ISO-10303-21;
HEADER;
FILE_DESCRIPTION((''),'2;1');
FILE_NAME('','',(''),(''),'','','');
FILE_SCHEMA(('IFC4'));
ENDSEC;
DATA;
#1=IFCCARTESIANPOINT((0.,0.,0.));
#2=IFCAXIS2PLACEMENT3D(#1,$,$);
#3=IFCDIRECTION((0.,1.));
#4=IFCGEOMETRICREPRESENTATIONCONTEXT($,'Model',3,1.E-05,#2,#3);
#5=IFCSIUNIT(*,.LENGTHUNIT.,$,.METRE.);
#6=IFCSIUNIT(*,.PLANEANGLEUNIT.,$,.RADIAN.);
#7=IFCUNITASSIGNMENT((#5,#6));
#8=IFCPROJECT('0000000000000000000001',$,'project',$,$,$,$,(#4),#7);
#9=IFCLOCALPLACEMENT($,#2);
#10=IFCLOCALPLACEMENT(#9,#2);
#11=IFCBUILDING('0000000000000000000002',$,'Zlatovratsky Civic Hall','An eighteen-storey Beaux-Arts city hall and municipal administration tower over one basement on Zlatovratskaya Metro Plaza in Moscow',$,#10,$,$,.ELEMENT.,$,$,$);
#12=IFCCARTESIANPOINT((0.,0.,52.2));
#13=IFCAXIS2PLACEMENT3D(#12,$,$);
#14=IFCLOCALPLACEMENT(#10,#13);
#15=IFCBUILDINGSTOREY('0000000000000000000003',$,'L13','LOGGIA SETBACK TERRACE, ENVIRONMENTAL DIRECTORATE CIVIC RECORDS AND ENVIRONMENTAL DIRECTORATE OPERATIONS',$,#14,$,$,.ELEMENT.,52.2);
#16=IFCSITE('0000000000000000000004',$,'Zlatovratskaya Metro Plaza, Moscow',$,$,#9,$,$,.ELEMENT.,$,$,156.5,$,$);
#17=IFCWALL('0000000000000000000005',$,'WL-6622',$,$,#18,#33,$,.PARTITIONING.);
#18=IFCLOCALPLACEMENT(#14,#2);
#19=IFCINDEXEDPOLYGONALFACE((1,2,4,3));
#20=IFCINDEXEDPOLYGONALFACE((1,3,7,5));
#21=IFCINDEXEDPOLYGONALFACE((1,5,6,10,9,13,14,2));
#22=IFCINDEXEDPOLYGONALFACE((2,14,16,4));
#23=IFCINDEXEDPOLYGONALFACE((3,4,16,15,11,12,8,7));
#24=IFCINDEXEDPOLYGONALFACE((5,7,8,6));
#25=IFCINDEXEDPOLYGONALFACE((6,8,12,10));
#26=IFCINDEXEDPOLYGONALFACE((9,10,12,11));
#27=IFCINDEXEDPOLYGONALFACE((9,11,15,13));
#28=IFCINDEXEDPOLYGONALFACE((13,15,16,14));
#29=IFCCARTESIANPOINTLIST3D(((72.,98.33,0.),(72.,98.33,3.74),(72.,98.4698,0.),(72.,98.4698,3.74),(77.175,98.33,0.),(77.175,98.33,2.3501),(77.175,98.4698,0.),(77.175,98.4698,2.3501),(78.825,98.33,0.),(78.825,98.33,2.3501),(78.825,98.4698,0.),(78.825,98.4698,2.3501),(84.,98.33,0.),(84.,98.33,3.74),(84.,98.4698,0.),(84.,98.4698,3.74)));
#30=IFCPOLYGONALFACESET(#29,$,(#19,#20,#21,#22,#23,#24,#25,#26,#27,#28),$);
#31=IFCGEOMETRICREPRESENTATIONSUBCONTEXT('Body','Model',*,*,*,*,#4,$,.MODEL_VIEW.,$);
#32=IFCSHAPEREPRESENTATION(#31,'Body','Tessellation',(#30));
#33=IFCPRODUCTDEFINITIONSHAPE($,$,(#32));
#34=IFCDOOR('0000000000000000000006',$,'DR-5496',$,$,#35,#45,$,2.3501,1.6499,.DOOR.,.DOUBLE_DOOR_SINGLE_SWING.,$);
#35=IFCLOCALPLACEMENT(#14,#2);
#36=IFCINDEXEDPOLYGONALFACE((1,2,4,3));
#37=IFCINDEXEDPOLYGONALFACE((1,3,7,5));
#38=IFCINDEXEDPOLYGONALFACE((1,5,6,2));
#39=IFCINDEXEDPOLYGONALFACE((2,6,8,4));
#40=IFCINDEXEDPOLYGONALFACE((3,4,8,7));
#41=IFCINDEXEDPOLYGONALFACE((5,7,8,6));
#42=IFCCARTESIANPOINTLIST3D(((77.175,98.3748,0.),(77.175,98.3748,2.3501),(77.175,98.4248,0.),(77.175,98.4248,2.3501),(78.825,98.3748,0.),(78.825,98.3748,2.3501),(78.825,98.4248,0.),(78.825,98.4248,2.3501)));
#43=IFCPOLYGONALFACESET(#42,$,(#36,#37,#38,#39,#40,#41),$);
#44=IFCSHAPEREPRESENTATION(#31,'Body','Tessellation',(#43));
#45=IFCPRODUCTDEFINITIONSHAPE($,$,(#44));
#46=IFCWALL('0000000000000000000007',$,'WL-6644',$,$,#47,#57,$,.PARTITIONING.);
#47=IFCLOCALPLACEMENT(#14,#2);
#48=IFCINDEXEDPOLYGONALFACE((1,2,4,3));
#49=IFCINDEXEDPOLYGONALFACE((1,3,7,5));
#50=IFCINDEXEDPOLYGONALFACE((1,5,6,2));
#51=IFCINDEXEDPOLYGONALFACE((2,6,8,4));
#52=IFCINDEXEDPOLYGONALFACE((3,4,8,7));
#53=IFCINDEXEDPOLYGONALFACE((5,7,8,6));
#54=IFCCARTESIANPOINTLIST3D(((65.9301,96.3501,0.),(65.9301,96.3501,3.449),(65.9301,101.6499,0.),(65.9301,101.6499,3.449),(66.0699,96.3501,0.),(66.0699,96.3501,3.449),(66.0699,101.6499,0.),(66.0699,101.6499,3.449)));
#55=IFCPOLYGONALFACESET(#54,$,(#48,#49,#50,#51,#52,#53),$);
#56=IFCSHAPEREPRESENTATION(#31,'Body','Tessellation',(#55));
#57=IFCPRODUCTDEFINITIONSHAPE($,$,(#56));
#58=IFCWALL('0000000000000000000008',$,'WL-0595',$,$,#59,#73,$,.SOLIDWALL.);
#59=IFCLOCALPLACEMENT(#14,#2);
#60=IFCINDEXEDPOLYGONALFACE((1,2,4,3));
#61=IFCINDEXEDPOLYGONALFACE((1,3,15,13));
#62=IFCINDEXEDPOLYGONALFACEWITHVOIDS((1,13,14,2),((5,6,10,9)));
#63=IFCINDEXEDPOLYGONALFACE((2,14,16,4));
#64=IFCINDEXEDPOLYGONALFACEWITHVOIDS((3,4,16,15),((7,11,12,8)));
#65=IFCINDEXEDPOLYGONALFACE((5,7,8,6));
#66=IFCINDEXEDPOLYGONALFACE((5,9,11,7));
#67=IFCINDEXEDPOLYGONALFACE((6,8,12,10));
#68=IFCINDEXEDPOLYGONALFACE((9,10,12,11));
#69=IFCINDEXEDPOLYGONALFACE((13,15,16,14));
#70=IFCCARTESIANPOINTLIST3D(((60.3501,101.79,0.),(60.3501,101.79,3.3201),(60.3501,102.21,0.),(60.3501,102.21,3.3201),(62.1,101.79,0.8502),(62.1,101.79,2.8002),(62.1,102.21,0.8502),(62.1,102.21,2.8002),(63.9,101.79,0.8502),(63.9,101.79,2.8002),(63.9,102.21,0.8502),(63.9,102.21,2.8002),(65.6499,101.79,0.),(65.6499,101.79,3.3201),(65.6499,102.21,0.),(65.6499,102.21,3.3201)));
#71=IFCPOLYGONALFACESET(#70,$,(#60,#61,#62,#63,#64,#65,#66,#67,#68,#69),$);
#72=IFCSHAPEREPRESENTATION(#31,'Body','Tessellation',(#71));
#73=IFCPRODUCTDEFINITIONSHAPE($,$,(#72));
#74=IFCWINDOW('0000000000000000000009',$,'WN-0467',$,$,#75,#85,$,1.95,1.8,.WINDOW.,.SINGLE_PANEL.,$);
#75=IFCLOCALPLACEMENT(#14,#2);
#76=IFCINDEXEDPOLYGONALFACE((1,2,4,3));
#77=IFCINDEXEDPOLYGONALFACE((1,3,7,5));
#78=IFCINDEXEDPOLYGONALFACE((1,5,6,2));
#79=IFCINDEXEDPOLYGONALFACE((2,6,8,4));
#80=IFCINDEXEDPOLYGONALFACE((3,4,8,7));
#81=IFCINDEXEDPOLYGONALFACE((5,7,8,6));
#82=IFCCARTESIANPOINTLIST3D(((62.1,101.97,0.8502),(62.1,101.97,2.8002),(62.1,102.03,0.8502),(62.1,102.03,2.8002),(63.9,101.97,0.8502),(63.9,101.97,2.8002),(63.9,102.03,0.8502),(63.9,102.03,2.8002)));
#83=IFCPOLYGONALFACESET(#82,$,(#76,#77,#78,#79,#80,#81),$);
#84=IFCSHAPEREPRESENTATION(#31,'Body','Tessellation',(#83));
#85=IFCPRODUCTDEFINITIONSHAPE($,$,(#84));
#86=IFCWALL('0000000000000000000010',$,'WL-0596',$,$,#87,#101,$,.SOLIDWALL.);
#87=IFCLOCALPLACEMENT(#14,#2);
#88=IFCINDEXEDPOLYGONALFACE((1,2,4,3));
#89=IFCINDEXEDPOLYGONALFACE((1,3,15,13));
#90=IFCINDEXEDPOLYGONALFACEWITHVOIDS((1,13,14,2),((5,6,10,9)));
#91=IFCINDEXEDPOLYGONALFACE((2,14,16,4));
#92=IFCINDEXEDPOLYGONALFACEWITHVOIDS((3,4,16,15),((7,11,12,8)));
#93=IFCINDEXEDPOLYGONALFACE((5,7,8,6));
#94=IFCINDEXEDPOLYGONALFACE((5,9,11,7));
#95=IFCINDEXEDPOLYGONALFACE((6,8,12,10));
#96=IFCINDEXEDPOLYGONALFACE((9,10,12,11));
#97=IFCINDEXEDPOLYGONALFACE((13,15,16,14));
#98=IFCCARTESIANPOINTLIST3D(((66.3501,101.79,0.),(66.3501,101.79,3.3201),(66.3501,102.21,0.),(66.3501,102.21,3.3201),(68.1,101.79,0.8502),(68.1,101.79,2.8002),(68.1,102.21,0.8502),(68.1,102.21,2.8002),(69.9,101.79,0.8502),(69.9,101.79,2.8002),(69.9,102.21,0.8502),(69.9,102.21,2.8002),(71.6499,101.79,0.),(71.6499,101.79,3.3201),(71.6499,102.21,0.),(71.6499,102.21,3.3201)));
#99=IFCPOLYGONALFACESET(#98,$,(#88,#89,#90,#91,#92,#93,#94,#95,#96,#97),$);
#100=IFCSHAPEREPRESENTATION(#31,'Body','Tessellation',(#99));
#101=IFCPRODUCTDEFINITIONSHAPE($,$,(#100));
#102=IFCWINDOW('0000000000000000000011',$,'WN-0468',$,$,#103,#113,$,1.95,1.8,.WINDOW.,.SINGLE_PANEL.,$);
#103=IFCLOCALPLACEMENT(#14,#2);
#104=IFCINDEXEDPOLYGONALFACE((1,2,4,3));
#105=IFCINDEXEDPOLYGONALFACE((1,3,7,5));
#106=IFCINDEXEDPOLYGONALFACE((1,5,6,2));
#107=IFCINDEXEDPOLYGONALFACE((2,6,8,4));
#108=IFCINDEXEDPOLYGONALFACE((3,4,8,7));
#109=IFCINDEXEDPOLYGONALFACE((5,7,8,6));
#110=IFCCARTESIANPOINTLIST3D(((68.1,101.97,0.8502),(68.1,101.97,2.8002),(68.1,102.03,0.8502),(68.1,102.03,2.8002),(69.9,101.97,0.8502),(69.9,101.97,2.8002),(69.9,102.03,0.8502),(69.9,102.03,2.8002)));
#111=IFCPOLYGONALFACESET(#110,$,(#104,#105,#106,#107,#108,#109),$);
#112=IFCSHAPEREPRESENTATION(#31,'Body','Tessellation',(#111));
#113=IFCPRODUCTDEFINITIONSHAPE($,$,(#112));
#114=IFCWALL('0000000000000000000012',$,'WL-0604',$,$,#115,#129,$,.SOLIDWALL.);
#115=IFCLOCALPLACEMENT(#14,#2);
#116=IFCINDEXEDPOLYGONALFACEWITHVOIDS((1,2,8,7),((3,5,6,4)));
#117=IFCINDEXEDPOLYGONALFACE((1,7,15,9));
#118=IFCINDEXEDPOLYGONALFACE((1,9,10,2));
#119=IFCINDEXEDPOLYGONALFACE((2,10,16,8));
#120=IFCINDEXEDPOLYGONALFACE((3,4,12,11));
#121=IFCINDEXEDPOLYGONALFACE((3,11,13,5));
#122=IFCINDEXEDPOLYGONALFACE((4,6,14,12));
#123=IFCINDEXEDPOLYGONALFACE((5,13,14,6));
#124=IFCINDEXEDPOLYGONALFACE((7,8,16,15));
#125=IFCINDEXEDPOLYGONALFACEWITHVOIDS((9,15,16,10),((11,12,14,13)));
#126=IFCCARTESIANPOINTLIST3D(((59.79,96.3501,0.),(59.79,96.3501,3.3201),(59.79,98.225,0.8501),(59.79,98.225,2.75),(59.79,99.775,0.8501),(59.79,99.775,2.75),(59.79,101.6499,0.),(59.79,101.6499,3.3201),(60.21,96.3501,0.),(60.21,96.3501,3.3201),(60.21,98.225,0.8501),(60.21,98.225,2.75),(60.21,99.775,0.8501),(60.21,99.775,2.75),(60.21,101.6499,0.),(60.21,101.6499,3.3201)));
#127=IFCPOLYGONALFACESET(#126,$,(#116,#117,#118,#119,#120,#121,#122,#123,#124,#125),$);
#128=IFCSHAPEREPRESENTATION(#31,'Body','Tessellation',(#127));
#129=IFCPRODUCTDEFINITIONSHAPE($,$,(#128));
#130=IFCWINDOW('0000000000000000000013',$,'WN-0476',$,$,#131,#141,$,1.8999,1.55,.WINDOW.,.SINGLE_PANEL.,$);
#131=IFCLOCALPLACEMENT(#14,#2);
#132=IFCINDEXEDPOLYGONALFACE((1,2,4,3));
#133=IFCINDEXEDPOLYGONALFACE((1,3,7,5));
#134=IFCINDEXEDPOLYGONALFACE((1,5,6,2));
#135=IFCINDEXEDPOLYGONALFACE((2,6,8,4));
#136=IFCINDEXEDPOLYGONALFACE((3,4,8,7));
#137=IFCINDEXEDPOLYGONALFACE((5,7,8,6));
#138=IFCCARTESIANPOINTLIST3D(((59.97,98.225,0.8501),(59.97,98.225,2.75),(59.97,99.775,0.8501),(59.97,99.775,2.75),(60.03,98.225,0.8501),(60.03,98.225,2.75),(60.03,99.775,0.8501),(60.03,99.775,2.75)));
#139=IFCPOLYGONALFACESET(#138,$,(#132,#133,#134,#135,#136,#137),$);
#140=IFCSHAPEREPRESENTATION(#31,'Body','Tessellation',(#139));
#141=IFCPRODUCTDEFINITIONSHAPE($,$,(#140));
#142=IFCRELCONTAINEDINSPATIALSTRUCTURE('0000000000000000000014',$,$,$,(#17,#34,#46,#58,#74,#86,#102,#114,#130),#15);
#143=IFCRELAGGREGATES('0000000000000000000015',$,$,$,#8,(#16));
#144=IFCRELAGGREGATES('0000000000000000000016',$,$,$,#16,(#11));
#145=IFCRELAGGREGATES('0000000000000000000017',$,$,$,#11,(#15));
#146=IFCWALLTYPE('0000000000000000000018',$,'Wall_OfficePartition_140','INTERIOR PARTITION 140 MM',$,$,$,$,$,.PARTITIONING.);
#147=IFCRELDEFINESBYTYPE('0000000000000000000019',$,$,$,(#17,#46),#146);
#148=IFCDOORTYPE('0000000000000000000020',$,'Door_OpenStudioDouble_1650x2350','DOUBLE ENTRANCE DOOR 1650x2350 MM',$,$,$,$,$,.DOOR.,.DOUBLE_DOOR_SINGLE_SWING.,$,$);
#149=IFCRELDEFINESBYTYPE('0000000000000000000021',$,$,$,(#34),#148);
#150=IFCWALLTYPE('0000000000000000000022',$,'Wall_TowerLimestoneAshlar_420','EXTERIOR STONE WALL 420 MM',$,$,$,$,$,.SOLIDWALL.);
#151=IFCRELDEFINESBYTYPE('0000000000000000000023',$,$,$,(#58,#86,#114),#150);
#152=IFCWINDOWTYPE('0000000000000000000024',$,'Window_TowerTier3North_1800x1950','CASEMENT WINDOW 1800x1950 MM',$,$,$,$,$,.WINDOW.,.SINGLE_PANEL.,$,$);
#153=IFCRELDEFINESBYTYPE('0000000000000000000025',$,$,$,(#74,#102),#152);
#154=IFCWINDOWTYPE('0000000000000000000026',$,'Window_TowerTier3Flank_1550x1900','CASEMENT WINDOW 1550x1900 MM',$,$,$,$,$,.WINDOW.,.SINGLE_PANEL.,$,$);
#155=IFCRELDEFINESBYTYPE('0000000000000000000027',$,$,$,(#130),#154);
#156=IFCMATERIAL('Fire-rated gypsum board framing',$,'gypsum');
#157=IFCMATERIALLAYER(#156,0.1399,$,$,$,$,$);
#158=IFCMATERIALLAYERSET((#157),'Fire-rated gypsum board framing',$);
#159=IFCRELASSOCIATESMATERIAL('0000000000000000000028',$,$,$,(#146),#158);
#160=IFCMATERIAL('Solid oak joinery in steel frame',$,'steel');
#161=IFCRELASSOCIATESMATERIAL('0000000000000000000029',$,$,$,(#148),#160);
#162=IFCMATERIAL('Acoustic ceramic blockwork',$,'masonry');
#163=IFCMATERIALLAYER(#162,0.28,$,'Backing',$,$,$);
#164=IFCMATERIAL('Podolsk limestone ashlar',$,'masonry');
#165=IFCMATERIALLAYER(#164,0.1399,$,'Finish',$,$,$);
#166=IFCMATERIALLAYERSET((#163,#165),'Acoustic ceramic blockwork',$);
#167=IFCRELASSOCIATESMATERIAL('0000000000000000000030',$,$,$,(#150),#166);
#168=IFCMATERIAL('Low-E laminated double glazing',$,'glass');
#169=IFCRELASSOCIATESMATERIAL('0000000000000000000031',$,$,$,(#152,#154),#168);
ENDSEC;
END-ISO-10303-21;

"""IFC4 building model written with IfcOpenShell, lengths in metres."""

from ifc_helpers import new_model, si_unit, direction, frame, frame_2d, origin, place, context, subcontext, project, spatial, rectangle, extrude, material, layer, layer_set, type_object, element, fill, save


model = new_model("IFC4")

# Units and contexts
model_context = context("Model", 3, precision=1e-05, world=origin(), true_north=direction((0.0, 1.0)))
body_context = subcontext(model_context, "Body", "Model", "MODEL_VIEW")
ifc_project = project(units=[si_unit("LENGTHUNIT", "METRE"), si_unit("PLANEANGLEUNIT", "RADIAN")], contexts=[model_context])

# Site, building, storey
site_placement = place(None, origin())
site = spatial("IfcSite", under=ifc_project, at=site_placement, Name="Zlatovratskaya Metro Plaza, Moscow", CompositionType="ELEMENT", RefElevation=156.5)
building_placement = place(site_placement, origin())
building = spatial("IfcBuilding", under=site, at=building_placement, Name="Zlatovratsky Civic Hall", Description="An eighteen-storey Beaux-Arts city hall and municipal administration tower over one basement on Zlatovratskaya Metro Plaza in Moscow", CompositionType="ELEMENT")
storey_placement = place(building_placement, frame((0.0, 0.0, 52.2)))
storey = spatial("IfcBuildingStorey", under=building, at=storey_placement, Name="L13", Description="LOGGIA SETBACK TERRACE, ENVIRONMENTAL DIRECTORATE CIVIC RECORDS AND ENVIRONMENTAL DIRECTORATE OPERATIONS", CompositionType="ELEMENT", Elevation=52.2)

# Shared definitions
ifc_material_1 = material(Name="Acoustic ceramic blockwork", Category="masonry")

# Wall, opening, door
ifc_material_2 = material(Name="Fire-rated gypsum board framing", Category="gypsum")
ifc_layer_1 = layer(ifc_material_2, 0.1399)
ifc_layer_set_1 = layer_set([ifc_layer_1], Name="Fire-rated gypsum board framing")
wall_type_1 = type_object("IfcWallType", Name="Wall_OfficePartition_140", Description="INTERIOR PARTITION 140 MM", PredefinedType="PARTITIONING", material=ifc_layer_set_1)
wall_1_placement = place(storey_placement, frame((72.0, 98.3999, 0.0), z_axis=(0.0, 0.0, 1.0), x_axis=(1.0, 0.0, 0.0)))
wall_1 = element("IfcWall", 1, at=wall_1_placement, inside=storey, type_object=wall_type_1, Name="WL-6622", PredefinedType="PARTITIONING", context=body_context, shape_type="SweptSolid", body=[
    extrude(rectangle(XDim=12.0, YDim=0.1399, at=frame_2d((6.0, 0.0))), origin(), (0.0, 0.0, 1.0), 3.74),
])
opening_1_placement = place(wall_1_placement, frame((5.175, 0.0, 0.0)))
opening_1 = element("IfcOpeningElement", 2, at=opening_1_placement, cuts=wall_1, PredefinedType="OPENING", context=body_context, shape_type="SweptSolid", body=[
    extrude(rectangle(XDim=1.6499, YDim=2.3501, at=frame_2d((0.825, 1.175))), frame((0.0, 0.085, 0.0), z_axis=(0.0, -1.0, 0.0), x_axis=(1.0, 0.0, 0.0)), (0.0, 0.0, 1.0), 0.1697),
])
ifc_material_3 = material(Name="Solid oak joinery in steel frame", Category="steel")
door_type = type_object("IfcDoorType", Name="Door_OpenStudioDouble_1650x2350", Description="DOUBLE ENTRANCE DOOR 1650x2350 MM", OperationType="DOUBLE_DOOR_SINGLE_SWING", PredefinedType="DOOR", material=ifc_material_3)
door_placement = place(opening_1_placement, origin())
door = element("IfcDoor", 3, at=door_placement, inside=storey, type_object=door_type, Name="DR-5496", OperationType="DOUBLE_DOOR_SINGLE_SWING", OverallHeight=2.3501, OverallWidth=1.6499, PredefinedType="DOOR", context=body_context, shape_type="SweptSolid", body=[
    extrude(rectangle(XDim=1.6499, YDim=2.3501, at=frame_2d((0.825, 1.175))), frame((0.0, 0.0249, 0.0), z_axis=(0.0, -1.0, 0.0), x_axis=(1.0, 0.0, 0.0)), (0.0, 0.0, 1.0), 0.05),
])
fill(opening_1, door)

# Wall
wall_2_placement = place(storey_placement, frame((66.0, 96.3501, 0.0), z_axis=(0.0, 0.0, 1.0), x_axis=(0.0, 1.0, 0.0)))
element("IfcWall", 4, at=wall_2_placement, inside=storey, type_object=wall_type_1, Name="WL-6644", PredefinedType="PARTITIONING", context=body_context, shape_type="SweptSolid", body=[
    extrude(rectangle(XDim=5.2998, YDim=0.1399, at=frame_2d((2.6499, 0.0))), origin(), (0.0, 0.0, 1.0), 3.449),
])

# Walls, openings, windows
ifc_layer_2 = layer(ifc_material_1, 0.28, Name="Backing")
ifc_material_4 = material(Name="Podolsk limestone ashlar", Category="masonry")
ifc_layer_3 = layer(ifc_material_4, 0.1399, Name="Finish")
ifc_layer_set_2 = layer_set([ifc_layer_2, ifc_layer_3], Name="Acoustic ceramic blockwork")
wall_type_2 = type_object("IfcWallType", Name="Wall_TowerLimestoneAshlar_420", Description="EXTERIOR STONE WALL 420 MM", PredefinedType="SOLIDWALL", material=ifc_layer_set_2)
wall_3_placement = place(storey_placement, frame((60.3501, 102.0, 0.0), z_axis=(0.0, 0.0, 1.0), x_axis=(1.0, 0.0, 0.0)))
wall_3 = element("IfcWall", 5, at=wall_3_placement, inside=storey, type_object=wall_type_2, Name="WL-0595", PredefinedType="SOLIDWALL", context=body_context, shape_type="SweptSolid", body=[
    extrude(rectangle(XDim=5.2998, YDim=0.4199, at=frame_2d((2.6499, 0.0))), origin(), (0.0, 0.0, 1.0), 3.3201),
])
opening_2_placement = place(wall_3_placement, frame((1.75, 0.0, 0.8501)))
opening_2 = element("IfcOpeningElement", 6, at=opening_2_placement, cuts=wall_3, PredefinedType="OPENING", context=body_context, shape_type="SweptSolid", body=[
    extrude(rectangle(XDim=1.8, YDim=1.95, at=frame_2d((0.8999, 0.9751))), frame((0.0, 0.2249, 0.0), z_axis=(0.0, -1.0, 0.0), x_axis=(1.0, 0.0, 0.0)), (0.0, 0.0, 1.0), 0.4497),
])
ifc_material_5 = material(Name="Low-E laminated double glazing", Category="glass")
window_type_1 = type_object("IfcWindowType", Name="Window_TowerTier3North_1800x1950", Description="CASEMENT WINDOW 1800x1950 MM", PartitioningType="SINGLE_PANEL", PredefinedType="WINDOW", material=ifc_material_5)
window_1_placement = place(opening_2_placement, origin())
window_1 = element("IfcWindow", 7, at=window_1_placement, inside=storey, type_object=window_type_1, Name="WN-0467", OverallHeight=1.95, OverallWidth=1.8, PartitioningType="SINGLE_PANEL", PredefinedType="WINDOW", context=body_context, shape_type="SweptSolid", body=[
    extrude(rectangle(XDim=1.8, YDim=1.95, at=frame_2d((0.8999, 0.9751))), frame((0.0, 0.03, 0.0), z_axis=(0.0, -1.0, 0.0), x_axis=(1.0, 0.0, 0.0)), (0.0, 0.0, 1.0), 0.0601),
])
fill(opening_2, window_1)
wall_4_placement = place(storey_placement, frame((66.3501, 102.0, 0.0), z_axis=(0.0, 0.0, 1.0), x_axis=(1.0, 0.0, 0.0)))
wall_4 = element("IfcWall", 8, at=wall_4_placement, inside=storey, type_object=wall_type_2, Name="WL-0596", PredefinedType="SOLIDWALL", context=body_context, shape_type="SweptSolid", body=[
    extrude(rectangle(XDim=5.2998, YDim=0.4199, at=frame_2d((2.6499, 0.0))), origin(), (0.0, 0.0, 1.0), 3.3201),
])
opening_3_placement = place(wall_4_placement, frame((1.75, 0.0, 0.8501)))
opening_3 = element("IfcOpeningElement", 9, at=opening_3_placement, cuts=wall_4, PredefinedType="OPENING", context=body_context, shape_type="SweptSolid", body=[
    extrude(rectangle(XDim=1.8, YDim=1.95, at=frame_2d((0.8999, 0.9751))), frame((0.0, 0.2249, 0.0), z_axis=(0.0, -1.0, 0.0), x_axis=(1.0, 0.0, 0.0)), (0.0, 0.0, 1.0), 0.4497),
])
window_2_placement = place(opening_3_placement, origin())
window_2 = element("IfcWindow", 10, at=window_2_placement, inside=storey, type_object=window_type_1, Name="WN-0468", OverallHeight=1.95, OverallWidth=1.8, PartitioningType="SINGLE_PANEL", PredefinedType="WINDOW", context=body_context, shape_type="SweptSolid", body=[
    extrude(rectangle(XDim=1.8, YDim=1.95, at=frame_2d((0.8999, 0.9751))), frame((0.0, 0.03, 0.0), z_axis=(0.0, -1.0, 0.0), x_axis=(1.0, 0.0, 0.0)), (0.0, 0.0, 1.0), 0.0601),
])
fill(opening_3, window_2)
wall_5_placement = place(storey_placement, frame((60.0, 96.3501, 0.0), z_axis=(0.0, 0.0, 1.0), x_axis=(0.0, 1.0, 0.0)))
wall_5 = element("IfcWall", 11, at=wall_5_placement, inside=storey, type_object=wall_type_2, Name="WL-0604", PredefinedType="SOLIDWALL", context=body_context, shape_type="SweptSolid", body=[
    extrude(rectangle(XDim=5.2998, YDim=0.4199, at=frame_2d((2.6499, 0.0))), origin(), (0.0, 0.0, 1.0), 3.3201),
])
opening_4_placement = place(wall_5_placement, frame((1.875, 0.0, 0.8501)))
opening_4 = element("IfcOpeningElement", 12, at=opening_4_placement, cuts=wall_5, PredefinedType="OPENING", context=body_context, shape_type="SweptSolid", body=[
    extrude(rectangle(XDim=1.55, YDim=1.8999, at=frame_2d((0.7749, 0.95))), frame((0.0, 0.2249, 0.0), z_axis=(0.0, -1.0, 0.0), x_axis=(1.0, 0.0, 0.0)), (0.0, 0.0, 1.0), 0.4497),
])
window_type_2 = type_object("IfcWindowType", Name="Window_TowerTier3Flank_1550x1900", Description="CASEMENT WINDOW 1550x1900 MM", PartitioningType="SINGLE_PANEL", PredefinedType="WINDOW", material=ifc_material_5)
window_3_placement = place(opening_4_placement, origin())
window_3 = element("IfcWindow", 13, at=window_3_placement, inside=storey, type_object=window_type_2, Name="WN-0476", OverallHeight=1.8999, OverallWidth=1.55, PartitioningType="SINGLE_PANEL", PredefinedType="WINDOW", context=body_context, shape_type="SweptSolid", body=[
    extrude(rectangle(XDim=1.55, YDim=1.8999, at=frame_2d((0.7749, 0.95))), frame((0.0, 0.03, 0.0), z_axis=(0.0, -1.0, 0.0), x_axis=(1.0, 0.0, 0.0)), (0.0, 0.0, 1.0), 0.0601),
])
fill(opening_4, window_3)

save(model, "model.ifc")
